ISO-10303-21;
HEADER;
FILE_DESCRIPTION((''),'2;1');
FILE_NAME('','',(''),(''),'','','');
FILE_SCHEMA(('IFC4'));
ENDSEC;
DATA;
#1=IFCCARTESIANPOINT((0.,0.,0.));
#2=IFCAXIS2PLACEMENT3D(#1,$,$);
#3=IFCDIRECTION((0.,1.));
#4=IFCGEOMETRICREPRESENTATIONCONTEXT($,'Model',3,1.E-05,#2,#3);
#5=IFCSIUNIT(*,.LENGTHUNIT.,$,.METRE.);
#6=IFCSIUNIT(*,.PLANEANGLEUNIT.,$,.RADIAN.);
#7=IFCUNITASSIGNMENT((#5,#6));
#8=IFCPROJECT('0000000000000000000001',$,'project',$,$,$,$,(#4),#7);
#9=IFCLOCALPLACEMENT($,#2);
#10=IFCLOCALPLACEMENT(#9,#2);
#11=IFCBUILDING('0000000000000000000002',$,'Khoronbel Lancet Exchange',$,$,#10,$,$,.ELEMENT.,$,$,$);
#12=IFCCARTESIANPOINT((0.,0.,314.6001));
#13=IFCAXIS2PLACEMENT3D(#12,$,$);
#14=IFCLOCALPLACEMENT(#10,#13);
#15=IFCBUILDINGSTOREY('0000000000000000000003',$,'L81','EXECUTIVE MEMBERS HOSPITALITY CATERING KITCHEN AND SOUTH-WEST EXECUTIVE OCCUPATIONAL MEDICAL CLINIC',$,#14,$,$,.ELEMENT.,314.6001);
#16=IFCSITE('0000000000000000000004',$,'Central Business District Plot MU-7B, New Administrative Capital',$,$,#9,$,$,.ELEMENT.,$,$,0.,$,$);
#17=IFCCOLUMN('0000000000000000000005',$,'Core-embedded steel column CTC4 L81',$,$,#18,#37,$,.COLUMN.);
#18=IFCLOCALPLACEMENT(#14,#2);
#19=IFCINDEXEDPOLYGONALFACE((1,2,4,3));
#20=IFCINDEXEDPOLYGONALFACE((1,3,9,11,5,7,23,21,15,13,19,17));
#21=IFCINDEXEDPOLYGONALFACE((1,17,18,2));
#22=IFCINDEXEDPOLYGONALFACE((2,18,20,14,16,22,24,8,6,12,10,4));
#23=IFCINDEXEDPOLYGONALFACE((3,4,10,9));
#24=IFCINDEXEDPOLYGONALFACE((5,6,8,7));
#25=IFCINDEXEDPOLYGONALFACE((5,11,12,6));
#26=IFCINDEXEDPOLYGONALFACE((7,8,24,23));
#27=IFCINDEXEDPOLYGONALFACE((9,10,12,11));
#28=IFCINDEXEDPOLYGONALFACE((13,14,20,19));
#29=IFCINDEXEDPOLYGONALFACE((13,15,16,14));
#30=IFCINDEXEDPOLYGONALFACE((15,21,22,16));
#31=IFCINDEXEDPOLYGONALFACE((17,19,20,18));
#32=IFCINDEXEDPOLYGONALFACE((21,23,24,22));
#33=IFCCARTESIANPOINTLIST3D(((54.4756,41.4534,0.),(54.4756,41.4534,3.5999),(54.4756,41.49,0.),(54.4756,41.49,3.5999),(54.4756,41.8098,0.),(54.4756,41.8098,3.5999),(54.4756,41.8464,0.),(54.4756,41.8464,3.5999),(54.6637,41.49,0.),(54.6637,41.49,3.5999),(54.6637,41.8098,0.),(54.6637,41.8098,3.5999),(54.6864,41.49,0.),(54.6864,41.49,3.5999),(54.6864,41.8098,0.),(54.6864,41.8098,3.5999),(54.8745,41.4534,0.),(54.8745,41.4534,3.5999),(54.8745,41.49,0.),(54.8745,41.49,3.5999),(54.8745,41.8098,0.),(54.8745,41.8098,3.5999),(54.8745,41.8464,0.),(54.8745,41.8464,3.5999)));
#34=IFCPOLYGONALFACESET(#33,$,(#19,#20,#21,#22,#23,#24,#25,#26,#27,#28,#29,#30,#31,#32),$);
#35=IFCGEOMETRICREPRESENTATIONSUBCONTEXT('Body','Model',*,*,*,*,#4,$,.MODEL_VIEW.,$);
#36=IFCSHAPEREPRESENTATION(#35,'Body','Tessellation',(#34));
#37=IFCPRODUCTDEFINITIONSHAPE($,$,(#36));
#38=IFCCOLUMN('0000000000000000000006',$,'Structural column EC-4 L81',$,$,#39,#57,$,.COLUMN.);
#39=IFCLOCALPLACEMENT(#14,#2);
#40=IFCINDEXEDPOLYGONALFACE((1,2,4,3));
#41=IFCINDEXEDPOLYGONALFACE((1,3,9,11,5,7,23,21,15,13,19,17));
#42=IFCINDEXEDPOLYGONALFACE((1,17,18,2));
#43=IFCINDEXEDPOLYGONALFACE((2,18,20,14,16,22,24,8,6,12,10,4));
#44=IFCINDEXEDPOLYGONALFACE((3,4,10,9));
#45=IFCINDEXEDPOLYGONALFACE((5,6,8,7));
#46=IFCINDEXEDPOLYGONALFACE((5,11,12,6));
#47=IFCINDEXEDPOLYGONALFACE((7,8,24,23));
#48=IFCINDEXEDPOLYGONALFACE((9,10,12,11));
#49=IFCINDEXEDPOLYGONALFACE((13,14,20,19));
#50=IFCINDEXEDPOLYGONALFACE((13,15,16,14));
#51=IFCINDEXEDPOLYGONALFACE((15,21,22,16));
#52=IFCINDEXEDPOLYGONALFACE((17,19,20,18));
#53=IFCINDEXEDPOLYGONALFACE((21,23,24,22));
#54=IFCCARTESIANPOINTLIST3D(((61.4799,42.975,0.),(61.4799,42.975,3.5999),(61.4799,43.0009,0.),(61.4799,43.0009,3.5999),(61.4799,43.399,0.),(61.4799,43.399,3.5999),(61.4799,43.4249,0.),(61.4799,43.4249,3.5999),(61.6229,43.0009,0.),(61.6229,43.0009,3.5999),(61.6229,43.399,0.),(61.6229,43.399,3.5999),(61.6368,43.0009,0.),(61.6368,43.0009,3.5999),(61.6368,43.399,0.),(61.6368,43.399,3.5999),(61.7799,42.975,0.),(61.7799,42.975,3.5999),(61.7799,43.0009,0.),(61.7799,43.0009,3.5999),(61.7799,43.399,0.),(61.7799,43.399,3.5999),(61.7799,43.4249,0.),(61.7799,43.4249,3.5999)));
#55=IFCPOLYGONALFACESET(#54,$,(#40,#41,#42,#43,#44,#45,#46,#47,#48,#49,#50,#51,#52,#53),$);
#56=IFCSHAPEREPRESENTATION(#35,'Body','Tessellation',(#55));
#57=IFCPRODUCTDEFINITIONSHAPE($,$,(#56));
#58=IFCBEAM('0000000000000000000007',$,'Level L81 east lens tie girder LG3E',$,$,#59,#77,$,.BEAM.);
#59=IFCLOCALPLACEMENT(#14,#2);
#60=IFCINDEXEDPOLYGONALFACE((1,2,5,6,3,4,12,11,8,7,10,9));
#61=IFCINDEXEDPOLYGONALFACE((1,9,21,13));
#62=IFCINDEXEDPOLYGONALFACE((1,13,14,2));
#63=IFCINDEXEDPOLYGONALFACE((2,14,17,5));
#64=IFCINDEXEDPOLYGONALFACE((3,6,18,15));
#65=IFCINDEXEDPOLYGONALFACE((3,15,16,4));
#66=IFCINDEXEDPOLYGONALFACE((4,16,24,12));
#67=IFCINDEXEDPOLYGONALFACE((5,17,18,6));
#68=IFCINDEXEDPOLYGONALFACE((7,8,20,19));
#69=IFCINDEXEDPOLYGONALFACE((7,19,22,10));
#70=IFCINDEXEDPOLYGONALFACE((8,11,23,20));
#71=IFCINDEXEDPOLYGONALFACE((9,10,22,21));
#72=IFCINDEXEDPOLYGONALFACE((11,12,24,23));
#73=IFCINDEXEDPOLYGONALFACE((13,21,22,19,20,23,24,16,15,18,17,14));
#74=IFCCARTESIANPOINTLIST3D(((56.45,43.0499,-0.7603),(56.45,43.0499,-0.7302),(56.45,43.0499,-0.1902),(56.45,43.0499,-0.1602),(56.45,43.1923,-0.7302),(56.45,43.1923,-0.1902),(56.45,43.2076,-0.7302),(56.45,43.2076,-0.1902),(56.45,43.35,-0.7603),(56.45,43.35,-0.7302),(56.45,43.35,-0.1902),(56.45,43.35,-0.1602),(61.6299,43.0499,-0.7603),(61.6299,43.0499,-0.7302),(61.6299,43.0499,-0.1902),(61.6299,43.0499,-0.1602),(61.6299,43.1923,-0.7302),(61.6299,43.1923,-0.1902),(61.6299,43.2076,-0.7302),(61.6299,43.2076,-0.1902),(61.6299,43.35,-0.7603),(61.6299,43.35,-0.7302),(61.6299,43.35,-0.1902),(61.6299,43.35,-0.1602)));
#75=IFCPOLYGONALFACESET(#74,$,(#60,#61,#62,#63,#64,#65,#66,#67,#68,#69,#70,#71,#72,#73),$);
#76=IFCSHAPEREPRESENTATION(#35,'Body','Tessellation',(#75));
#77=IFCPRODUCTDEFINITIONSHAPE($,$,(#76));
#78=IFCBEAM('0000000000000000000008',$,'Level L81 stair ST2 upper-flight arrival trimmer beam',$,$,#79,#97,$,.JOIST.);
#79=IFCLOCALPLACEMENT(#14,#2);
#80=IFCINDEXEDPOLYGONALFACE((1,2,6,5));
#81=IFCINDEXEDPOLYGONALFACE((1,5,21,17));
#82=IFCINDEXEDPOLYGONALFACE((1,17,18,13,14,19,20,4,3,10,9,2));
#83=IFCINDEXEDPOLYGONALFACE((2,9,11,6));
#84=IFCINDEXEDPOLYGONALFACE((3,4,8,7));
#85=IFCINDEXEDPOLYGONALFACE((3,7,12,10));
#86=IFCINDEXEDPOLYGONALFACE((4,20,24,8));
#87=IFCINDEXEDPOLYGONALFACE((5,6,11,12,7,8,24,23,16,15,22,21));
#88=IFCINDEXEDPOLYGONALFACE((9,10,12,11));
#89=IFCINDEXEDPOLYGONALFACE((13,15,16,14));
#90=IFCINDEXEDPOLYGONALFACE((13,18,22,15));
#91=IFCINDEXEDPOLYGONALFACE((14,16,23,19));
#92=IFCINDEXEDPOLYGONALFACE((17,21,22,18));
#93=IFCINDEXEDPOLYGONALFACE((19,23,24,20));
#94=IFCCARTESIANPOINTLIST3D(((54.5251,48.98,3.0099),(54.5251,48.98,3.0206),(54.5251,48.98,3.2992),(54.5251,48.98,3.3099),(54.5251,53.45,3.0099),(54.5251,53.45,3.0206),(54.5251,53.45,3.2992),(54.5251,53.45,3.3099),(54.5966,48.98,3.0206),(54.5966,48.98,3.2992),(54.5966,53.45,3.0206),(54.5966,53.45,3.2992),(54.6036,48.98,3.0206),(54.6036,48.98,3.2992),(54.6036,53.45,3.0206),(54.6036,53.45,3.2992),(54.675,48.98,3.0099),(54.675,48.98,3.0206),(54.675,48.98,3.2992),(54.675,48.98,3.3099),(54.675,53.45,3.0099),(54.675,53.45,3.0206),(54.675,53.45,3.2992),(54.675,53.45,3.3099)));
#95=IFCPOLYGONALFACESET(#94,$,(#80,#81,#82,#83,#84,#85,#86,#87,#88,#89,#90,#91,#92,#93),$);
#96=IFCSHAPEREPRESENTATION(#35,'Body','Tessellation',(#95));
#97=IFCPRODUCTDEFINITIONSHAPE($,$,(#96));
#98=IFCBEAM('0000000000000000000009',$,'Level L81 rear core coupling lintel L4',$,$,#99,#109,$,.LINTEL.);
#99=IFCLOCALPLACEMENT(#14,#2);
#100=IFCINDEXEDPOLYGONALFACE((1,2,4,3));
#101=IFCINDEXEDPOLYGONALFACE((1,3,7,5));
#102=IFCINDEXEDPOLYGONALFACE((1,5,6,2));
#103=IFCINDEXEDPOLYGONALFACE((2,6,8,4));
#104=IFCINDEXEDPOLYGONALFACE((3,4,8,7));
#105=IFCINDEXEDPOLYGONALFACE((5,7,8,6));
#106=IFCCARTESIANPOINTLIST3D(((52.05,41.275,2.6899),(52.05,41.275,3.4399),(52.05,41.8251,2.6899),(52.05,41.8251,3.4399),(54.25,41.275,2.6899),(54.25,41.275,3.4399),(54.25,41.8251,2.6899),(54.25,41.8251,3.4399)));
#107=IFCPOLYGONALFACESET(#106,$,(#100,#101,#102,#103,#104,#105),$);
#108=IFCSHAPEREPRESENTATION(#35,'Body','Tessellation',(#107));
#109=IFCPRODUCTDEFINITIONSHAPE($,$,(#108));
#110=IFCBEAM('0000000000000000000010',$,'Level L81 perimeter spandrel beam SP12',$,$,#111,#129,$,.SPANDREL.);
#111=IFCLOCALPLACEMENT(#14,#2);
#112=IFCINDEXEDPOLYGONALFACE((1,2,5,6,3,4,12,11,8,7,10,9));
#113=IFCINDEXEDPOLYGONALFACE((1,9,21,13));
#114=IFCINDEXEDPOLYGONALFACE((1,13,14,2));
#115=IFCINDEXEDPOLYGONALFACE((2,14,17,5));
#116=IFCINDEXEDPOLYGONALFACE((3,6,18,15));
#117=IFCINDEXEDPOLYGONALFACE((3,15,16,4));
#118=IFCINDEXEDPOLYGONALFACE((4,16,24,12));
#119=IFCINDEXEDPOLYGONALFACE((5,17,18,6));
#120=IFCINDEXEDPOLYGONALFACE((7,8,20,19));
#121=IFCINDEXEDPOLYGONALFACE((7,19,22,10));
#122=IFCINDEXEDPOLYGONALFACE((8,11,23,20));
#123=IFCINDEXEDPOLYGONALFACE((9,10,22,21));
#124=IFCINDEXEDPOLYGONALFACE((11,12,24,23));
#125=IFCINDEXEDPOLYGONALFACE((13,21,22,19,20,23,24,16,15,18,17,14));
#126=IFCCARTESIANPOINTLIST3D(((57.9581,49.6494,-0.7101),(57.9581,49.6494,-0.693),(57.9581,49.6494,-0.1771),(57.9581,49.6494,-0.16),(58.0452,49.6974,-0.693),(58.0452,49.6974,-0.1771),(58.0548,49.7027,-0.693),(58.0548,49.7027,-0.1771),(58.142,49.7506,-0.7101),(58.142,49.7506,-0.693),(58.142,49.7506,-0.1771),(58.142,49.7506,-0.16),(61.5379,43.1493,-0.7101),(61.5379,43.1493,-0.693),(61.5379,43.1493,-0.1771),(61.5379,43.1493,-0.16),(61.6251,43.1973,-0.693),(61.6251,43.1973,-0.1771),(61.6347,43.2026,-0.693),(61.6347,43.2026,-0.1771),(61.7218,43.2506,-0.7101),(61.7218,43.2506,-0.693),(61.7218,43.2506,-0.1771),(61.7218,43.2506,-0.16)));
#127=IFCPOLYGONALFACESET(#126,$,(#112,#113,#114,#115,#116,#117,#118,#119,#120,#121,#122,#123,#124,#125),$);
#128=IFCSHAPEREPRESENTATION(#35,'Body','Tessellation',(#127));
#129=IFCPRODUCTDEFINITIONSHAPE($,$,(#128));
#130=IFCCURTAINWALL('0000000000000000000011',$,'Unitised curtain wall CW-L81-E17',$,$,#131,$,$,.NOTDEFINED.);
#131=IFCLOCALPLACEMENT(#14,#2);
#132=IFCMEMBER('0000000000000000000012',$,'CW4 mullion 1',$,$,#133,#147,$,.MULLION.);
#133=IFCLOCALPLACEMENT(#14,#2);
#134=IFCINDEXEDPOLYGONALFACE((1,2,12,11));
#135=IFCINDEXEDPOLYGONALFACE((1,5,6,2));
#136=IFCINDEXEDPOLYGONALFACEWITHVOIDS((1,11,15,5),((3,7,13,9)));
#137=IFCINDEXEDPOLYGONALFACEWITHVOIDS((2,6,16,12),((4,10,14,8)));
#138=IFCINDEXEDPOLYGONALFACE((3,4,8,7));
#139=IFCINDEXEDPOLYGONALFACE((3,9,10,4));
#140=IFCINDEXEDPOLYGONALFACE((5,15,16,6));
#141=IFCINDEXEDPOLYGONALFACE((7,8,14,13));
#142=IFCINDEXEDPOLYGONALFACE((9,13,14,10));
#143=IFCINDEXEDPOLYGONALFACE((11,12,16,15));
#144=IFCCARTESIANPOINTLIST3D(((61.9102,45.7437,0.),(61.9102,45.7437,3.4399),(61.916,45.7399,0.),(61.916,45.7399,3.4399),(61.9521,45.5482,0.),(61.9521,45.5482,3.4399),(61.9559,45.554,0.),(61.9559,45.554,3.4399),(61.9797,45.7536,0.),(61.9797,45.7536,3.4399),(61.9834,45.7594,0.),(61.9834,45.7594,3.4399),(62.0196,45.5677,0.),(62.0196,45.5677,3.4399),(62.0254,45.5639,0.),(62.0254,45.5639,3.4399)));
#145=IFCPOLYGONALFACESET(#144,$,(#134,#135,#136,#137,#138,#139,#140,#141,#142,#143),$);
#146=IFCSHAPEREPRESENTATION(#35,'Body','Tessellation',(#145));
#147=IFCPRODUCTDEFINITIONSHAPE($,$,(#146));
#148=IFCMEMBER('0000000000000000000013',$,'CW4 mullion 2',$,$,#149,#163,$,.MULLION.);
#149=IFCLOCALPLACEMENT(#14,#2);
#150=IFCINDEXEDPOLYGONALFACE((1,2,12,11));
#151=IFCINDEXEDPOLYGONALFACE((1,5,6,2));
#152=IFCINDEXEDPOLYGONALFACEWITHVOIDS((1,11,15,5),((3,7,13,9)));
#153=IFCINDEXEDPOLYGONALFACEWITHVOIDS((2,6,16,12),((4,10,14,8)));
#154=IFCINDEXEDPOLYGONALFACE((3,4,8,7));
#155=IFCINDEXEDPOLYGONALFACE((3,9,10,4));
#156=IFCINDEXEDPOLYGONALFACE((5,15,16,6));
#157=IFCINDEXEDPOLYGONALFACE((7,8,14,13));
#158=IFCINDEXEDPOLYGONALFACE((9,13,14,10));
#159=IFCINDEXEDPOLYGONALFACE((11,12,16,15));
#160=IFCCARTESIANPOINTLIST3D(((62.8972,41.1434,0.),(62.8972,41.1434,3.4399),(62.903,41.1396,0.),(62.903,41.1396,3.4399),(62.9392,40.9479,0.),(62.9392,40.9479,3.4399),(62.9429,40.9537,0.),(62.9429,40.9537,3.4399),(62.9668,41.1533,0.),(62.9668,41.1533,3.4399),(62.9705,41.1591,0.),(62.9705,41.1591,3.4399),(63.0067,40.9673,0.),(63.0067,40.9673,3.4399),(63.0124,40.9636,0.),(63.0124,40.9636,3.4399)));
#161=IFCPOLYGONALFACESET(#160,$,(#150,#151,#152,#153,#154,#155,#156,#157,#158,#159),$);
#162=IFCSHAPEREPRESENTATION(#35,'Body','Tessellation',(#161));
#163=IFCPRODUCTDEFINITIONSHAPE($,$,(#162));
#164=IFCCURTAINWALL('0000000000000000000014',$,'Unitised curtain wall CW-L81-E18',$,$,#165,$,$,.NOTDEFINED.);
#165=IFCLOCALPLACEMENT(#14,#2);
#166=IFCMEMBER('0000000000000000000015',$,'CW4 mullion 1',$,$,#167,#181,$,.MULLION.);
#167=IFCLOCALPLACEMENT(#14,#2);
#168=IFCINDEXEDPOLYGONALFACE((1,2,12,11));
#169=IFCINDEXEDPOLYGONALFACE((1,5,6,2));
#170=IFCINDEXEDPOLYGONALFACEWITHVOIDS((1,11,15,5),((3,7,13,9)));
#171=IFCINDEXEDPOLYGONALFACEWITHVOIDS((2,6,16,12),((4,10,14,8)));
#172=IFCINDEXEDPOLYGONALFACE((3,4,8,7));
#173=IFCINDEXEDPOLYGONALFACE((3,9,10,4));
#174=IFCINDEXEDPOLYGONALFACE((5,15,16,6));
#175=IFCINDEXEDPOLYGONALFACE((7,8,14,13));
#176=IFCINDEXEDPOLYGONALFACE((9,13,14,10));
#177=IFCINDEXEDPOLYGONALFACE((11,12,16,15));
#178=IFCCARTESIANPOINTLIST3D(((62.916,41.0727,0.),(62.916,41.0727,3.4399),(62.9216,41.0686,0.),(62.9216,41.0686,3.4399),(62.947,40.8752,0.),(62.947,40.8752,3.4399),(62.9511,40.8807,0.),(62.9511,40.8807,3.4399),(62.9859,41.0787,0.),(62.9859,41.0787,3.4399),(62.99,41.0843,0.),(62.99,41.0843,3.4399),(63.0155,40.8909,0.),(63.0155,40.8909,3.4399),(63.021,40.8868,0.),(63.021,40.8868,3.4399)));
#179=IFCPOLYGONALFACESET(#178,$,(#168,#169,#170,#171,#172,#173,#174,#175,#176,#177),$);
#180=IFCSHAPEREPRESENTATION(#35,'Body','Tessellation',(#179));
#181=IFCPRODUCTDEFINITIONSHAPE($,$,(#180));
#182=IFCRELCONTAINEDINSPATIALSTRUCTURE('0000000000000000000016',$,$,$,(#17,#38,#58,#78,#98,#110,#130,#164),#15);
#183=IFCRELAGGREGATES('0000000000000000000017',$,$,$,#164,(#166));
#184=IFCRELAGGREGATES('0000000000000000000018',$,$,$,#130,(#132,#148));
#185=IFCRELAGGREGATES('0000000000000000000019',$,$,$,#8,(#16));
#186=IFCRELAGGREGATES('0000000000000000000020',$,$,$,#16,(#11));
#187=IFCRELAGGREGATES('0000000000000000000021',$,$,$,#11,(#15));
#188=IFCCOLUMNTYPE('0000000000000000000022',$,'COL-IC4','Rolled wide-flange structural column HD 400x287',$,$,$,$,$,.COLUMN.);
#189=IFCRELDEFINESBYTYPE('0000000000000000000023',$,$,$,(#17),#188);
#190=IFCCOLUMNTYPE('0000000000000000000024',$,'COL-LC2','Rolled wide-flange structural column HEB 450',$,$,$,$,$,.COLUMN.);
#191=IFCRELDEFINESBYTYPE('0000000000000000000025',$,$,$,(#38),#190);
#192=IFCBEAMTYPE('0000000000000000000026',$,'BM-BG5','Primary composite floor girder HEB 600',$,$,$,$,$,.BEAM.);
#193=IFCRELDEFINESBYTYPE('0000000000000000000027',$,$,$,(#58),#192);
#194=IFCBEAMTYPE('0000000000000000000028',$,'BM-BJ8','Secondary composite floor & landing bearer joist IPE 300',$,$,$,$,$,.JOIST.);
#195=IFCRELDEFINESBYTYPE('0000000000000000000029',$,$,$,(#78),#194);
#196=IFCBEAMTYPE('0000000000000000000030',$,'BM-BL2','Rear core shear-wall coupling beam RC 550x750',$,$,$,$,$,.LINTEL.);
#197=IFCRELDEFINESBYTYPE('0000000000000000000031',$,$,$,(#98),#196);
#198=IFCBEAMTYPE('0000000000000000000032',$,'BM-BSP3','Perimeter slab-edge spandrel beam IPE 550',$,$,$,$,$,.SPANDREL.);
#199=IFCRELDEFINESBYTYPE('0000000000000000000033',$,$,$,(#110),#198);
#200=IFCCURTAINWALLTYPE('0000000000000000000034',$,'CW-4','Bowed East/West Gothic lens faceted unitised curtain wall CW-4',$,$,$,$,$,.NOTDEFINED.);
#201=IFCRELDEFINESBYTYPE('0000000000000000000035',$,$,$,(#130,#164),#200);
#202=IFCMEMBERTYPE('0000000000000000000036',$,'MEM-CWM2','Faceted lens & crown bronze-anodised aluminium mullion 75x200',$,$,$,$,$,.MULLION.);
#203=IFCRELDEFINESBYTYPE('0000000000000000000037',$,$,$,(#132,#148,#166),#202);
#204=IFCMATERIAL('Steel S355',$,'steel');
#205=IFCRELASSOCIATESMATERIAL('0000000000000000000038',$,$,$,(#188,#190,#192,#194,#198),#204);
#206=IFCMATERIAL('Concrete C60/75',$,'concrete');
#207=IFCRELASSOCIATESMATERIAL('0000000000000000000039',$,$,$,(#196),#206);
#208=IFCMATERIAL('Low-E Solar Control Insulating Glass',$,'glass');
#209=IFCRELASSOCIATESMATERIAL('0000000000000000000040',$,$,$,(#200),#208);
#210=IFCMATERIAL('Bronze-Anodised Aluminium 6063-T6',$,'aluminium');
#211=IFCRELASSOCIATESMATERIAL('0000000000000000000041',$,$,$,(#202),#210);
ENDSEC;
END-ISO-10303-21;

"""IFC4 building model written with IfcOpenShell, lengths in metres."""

from ifc_helpers import new_model, si_unit, direction, frame, origin, origin_2d, place, context, subcontext, project, spatial, rectangle, hollow_rectangle, i_section, extrude, material, material_profile, profile_set, type_object, element, aggregate, save


model = new_model("IFC4")

# Units and contexts
model_context = context("Model", 3, precision=1e-05, world=origin(), true_north=direction((0.0, 1.0)))
body_context = subcontext(model_context, "Body", "Model", "MODEL_VIEW")
ifc_project = project(units=[si_unit("LENGTHUNIT", "METRE"), si_unit("PLANEANGLEUNIT", "RADIAN")], contexts=[model_context])

# Site, building, storey
site_placement = place(None, origin())
site = spatial("IfcSite", under=ifc_project, at=site_placement, Name="Central Business District Plot MU-7B, New Administrative Capital", CompositionType="ELEMENT", RefElevation=0.0)
building_placement = place(site_placement, origin())
building = spatial("IfcBuilding", under=site, at=building_placement, Name="Khoronbel Lancet Exchange", CompositionType="ELEMENT")
storey_placement = place(building_placement, frame((0.0, 0.0, 314.6001)))
storey = spatial("IfcBuildingStorey", under=building, at=storey_placement, Name="L81", Description="EXECUTIVE MEMBERS HOSPITALITY CATERING KITCHEN AND SOUTH-WEST EXECUTIVE OCCUPATIONAL MEDICAL CLINIC", CompositionType="ELEMENT", Elevation=314.6001)

# Columns
ifc_material_1 = material(Name="Steel S355", Category="steel")
ifc_material_profile_1 = material_profile(ifc_material_1, i_section(OverallWidth=0.3989, OverallDepth=0.3931, WebThickness=0.0227, FlangeThickness=0.0366, at=origin_2d()), Name="HD 400x287")
ifc_profile_set_1 = profile_set([ifc_material_profile_1], Name="Steel S355")
column_type_1 = type_object("IfcColumnType", Name="COL-IC4", Description="Rolled wide-flange structural column HD 400x287", PredefinedType="COLUMN", material=ifc_profile_set_1)
column_1_placement = place(storey_placement, frame((54.675, 41.6499, 0.0), z_axis=(0.0, 0.0, 1.0), x_axis=(1.0, 0.0, 0.0)))
element("IfcColumn", 1, at=column_1_placement, inside=storey, type_object=column_type_1, Name="Core-embedded steel column CTC4 L81", PredefinedType="COLUMN", context=body_context, shape_type="SweptSolid", body=[
    extrude(i_section(OverallWidth=0.3989, OverallDepth=0.3931, WebThickness=0.0227, FlangeThickness=0.0366, at=origin_2d()), origin(), (0.0, 0.0, 1.0), 3.5999),
])
ifc_material_profile_2 = material_profile(ifc_material_1, i_section(OverallWidth=0.3, OverallDepth=0.45, WebThickness=0.0139, FlangeThickness=0.0259, at=origin_2d()), Name="HEB 450")
ifc_profile_set_2 = profile_set([ifc_material_profile_2], Name="Steel S355")
column_type_2 = type_object("IfcColumnType", Name="COL-LC2", Description="Rolled wide-flange structural column HEB 450", PredefinedType="COLUMN", material=ifc_profile_set_2)
column_2_placement = place(storey_placement, frame((61.6299, 43.2, 0.0), z_axis=(0.0, 0.0, 1.0), x_axis=(1.0, 0.0, 0.0)))
element("IfcColumn", 2, at=column_2_placement, inside=storey, type_object=column_type_2, Name="Structural column EC-4 L81", PredefinedType="COLUMN", context=body_context, shape_type="SweptSolid", body=[
    extrude(i_section(OverallWidth=0.3, OverallDepth=0.45, WebThickness=0.0139, FlangeThickness=0.0259, at=origin_2d()), origin(), (0.0, 0.0, 1.0), 3.5999),
])

# Beams
ifc_material_profile_3 = material_profile(ifc_material_1, i_section(OverallWidth=0.3, OverallDepth=0.6001, WebThickness=0.0154, FlangeThickness=0.03, at=origin_2d()), Name="HEB 600")
ifc_profile_set_3 = profile_set([ifc_material_profile_3], Name="Steel S355")
beam_type_1 = type_object("IfcBeamType", Name="BM-BG5", Description="Primary composite floor girder HEB 600", PredefinedType="BEAM", material=ifc_profile_set_3)
beam_1_placement = place(storey_placement, frame((56.45, 43.2, -0.4602), z_axis=(1.0, 0.0, 0.0), x_axis=(0.0, 1.0, 0.0)))
element("IfcBeam", 3, at=beam_1_placement, inside=storey, type_object=beam_type_1, Name="Level L81 east lens tie girder LG3E", PredefinedType="BEAM", context=body_context, shape_type="SweptSolid", body=[
    extrude(i_section(OverallWidth=0.3, OverallDepth=0.6001, WebThickness=0.0154, FlangeThickness=0.03, at=origin_2d()), origin(), (0.0, 0.0, 1.0), 5.1799),
])
ifc_material_profile_4 = material_profile(ifc_material_1, i_section(OverallWidth=0.1499, OverallDepth=0.3, WebThickness=0.0071, FlangeThickness=0.0107, at=origin_2d()), Name="IPE 300")
ifc_profile_set_4 = profile_set([ifc_material_profile_4], Name="Steel S355")
beam_type_2 = type_object("IfcBeamType", Name="BM-BJ8", Description="Secondary composite floor & landing bearer joist IPE 300", PredefinedType="JOIST", material=ifc_profile_set_4)
beam_2_placement = place(storey_placement, frame((54.6001, 48.98, 3.1599), z_axis=(0.0, 1.0, 0.0), x_axis=(-1.0, 0.0, 0.0)))
element("IfcBeam", 4, at=beam_2_placement, inside=storey, type_object=beam_type_2, Name="Level L81 stair ST2 upper-flight arrival trimmer beam", PredefinedType="JOIST", context=body_context, shape_type="SweptSolid", body=[
    extrude(i_section(OverallWidth=0.1499, OverallDepth=0.3, WebThickness=0.0071, FlangeThickness=0.0107, at=origin_2d()), origin(), (0.0, 0.0, 1.0), 4.47),
])
ifc_material_2 = material(Name="Concrete C60/75", Category="concrete")
ifc_material_profile_5 = material_profile(ifc_material_2, rectangle(XDim=0.55, YDim=0.75, at=origin_2d()), Name="RC 550x750")
ifc_profile_set_5 = profile_set([ifc_material_profile_5], Name="Concrete C60/75")
beam_type_3 = type_object("IfcBeamType", Name="BM-BL2", Description="Rear core shear-wall coupling beam RC 550x750", PredefinedType="LINTEL", material=ifc_profile_set_5)
beam_3_placement = place(storey_placement, frame((52.05, 41.55, 3.0649), z_axis=(1.0, 0.0, 0.0), x_axis=(0.0, 1.0, 0.0)))
element("IfcBeam", 5, at=beam_3_placement, inside=storey, type_object=beam_type_3, Name="Level L81 rear core coupling lintel L4", PredefinedType="LINTEL", context=body_context, shape_type="SweptSolid", body=[
    extrude(rectangle(XDim=0.55, YDim=0.75, at=origin_2d()), origin(), (0.0, 0.0, 1.0), 2.2),
])
ifc_material_profile_6 = material_profile(ifc_material_1, i_section(OverallWidth=0.21, OverallDepth=0.55, WebThickness=0.011, FlangeThickness=0.0171, at=origin_2d()), Name="IPE 550")
ifc_profile_set_6 = profile_set([ifc_material_profile_6], Name="Steel S355")
beam_type_4 = type_object("IfcBeamType", Name="BM-BSP3", Description="Perimeter slab-edge spandrel beam IPE 550", PredefinedType="SPANDREL", material=ifc_profile_set_6)
beam_4_placement = place(storey_placement, frame((61.6299, 43.2, -0.4351), z_axis=(-0.482419, 0.875941, 0.0), x_axis=(-0.875941, -0.482419, 0.0)))
element("IfcBeam", 6, at=beam_4_placement, inside=storey, type_object=beam_type_4, Name="Level L81 perimeter spandrel beam SP12", PredefinedType="SPANDREL", context=body_context, shape_type="SweptSolid", body=[
    extrude(i_section(OverallWidth=0.21, OverallDepth=0.55, WebThickness=0.011, FlangeThickness=0.0171, at=origin_2d()), origin(), (0.0, 0.0, 1.0), 7.4207),
])

# Curtain walls, members
ifc_material_3 = material(Name="Low-E Solar Control Insulating Glass", Category="glass")
curtain_wall_type = type_object("IfcCurtainWallType", Name="CW-4", Description="Bowed East/West Gothic lens faceted unitised curtain wall CW-4", PredefinedType="NOTDEFINED", material=ifc_material_3)
curtain_wall_1_placement = place(storey_placement, origin())
curtain_wall_1 = element("IfcCurtainWall", 7, at=curtain_wall_1_placement, inside=storey, type_object=curtain_wall_type, Name="Unitised curtain wall CW-L81-E17", PredefinedType="NOTDEFINED")
ifc_material_4 = material(Name="Bronze-Anodised Aluminium 6063-T6", Category="aluminium")
ifc_material_profile_7 = material_profile(ifc_material_4, hollow_rectangle(XDim=0.075, YDim=0.2, WallThickness=0.0049, at=origin_2d()), Name="ALU MULLION 75x200")
ifc_profile_set_7 = profile_set([ifc_material_profile_7], Name="Bronze-Anodised Aluminium 6063-T6")
member_type_1 = type_object("IfcMemberType", Name="MEM-CWM2", Description="Faceted lens & crown bronze-anodised aluminium mullion 75x200", PredefinedType="MULLION", material=ifc_profile_set_7)
member_1_placement = place(storey_placement, frame((61.9678, 45.6538, 0.0), z_axis=(0.0, 0.0, 1.0), x_axis=(0.977746, 0.209792, 0.0)))
member_1 = element("IfcMember", 8, at=member_1_placement, type_object=member_type_1, Name="CW4 mullion 1", PredefinedType="MULLION", context=body_context, shape_type="SweptSolid", body=[
    extrude(hollow_rectangle(XDim=0.075, YDim=0.2, WallThickness=0.0049, at=origin_2d()), origin(), (0.0, 0.0, 1.0), 3.4399),
])
member_2_placement = place(storey_placement, frame((62.9548, 41.0535, 0.0), z_axis=(0.0, 0.0, 1.0), x_axis=(0.977746, 0.209792, 0.0)))
member_2 = element("IfcMember", 9, at=member_2_placement, type_object=member_type_1, Name="CW4 mullion 2", PredefinedType="MULLION", context=body_context, shape_type="SweptSolid", body=[
    extrude(hollow_rectangle(XDim=0.075, YDim=0.2, WallThickness=0.0049, at=origin_2d()), origin(), (0.0, 0.0, 1.0), 3.4399),
])
curtain_wall_2_placement = place(storey_placement, origin())
curtain_wall_2 = element("IfcCurtainWall", 10, at=curtain_wall_2_placement, inside=storey, type_object=curtain_wall_type, Name="Unitised curtain wall CW-L81-E18", PredefinedType="NOTDEFINED")
member_3_placement = place(storey_placement, frame((62.9685, 40.9797, 0.0), z_axis=(0.0, 0.0, 1.0), x_axis=(0.987889, 0.155165, 0.0)))
member_3 = element("IfcMember", 11, at=member_3_placement, type_object=member_type_1, Name="CW4 mullion 1", PredefinedType="MULLION", context=body_context, shape_type="SweptSolid", body=[
    extrude(hollow_rectangle(XDim=0.075, YDim=0.2, WallThickness=0.0049, at=origin_2d()), origin(), (0.0, 0.0, 1.0), 3.4399),
])

aggregate(curtain_wall_2, [member_3])
aggregate(curtain_wall_1, [member_1, member_2])

save(model, "model.ifc")
